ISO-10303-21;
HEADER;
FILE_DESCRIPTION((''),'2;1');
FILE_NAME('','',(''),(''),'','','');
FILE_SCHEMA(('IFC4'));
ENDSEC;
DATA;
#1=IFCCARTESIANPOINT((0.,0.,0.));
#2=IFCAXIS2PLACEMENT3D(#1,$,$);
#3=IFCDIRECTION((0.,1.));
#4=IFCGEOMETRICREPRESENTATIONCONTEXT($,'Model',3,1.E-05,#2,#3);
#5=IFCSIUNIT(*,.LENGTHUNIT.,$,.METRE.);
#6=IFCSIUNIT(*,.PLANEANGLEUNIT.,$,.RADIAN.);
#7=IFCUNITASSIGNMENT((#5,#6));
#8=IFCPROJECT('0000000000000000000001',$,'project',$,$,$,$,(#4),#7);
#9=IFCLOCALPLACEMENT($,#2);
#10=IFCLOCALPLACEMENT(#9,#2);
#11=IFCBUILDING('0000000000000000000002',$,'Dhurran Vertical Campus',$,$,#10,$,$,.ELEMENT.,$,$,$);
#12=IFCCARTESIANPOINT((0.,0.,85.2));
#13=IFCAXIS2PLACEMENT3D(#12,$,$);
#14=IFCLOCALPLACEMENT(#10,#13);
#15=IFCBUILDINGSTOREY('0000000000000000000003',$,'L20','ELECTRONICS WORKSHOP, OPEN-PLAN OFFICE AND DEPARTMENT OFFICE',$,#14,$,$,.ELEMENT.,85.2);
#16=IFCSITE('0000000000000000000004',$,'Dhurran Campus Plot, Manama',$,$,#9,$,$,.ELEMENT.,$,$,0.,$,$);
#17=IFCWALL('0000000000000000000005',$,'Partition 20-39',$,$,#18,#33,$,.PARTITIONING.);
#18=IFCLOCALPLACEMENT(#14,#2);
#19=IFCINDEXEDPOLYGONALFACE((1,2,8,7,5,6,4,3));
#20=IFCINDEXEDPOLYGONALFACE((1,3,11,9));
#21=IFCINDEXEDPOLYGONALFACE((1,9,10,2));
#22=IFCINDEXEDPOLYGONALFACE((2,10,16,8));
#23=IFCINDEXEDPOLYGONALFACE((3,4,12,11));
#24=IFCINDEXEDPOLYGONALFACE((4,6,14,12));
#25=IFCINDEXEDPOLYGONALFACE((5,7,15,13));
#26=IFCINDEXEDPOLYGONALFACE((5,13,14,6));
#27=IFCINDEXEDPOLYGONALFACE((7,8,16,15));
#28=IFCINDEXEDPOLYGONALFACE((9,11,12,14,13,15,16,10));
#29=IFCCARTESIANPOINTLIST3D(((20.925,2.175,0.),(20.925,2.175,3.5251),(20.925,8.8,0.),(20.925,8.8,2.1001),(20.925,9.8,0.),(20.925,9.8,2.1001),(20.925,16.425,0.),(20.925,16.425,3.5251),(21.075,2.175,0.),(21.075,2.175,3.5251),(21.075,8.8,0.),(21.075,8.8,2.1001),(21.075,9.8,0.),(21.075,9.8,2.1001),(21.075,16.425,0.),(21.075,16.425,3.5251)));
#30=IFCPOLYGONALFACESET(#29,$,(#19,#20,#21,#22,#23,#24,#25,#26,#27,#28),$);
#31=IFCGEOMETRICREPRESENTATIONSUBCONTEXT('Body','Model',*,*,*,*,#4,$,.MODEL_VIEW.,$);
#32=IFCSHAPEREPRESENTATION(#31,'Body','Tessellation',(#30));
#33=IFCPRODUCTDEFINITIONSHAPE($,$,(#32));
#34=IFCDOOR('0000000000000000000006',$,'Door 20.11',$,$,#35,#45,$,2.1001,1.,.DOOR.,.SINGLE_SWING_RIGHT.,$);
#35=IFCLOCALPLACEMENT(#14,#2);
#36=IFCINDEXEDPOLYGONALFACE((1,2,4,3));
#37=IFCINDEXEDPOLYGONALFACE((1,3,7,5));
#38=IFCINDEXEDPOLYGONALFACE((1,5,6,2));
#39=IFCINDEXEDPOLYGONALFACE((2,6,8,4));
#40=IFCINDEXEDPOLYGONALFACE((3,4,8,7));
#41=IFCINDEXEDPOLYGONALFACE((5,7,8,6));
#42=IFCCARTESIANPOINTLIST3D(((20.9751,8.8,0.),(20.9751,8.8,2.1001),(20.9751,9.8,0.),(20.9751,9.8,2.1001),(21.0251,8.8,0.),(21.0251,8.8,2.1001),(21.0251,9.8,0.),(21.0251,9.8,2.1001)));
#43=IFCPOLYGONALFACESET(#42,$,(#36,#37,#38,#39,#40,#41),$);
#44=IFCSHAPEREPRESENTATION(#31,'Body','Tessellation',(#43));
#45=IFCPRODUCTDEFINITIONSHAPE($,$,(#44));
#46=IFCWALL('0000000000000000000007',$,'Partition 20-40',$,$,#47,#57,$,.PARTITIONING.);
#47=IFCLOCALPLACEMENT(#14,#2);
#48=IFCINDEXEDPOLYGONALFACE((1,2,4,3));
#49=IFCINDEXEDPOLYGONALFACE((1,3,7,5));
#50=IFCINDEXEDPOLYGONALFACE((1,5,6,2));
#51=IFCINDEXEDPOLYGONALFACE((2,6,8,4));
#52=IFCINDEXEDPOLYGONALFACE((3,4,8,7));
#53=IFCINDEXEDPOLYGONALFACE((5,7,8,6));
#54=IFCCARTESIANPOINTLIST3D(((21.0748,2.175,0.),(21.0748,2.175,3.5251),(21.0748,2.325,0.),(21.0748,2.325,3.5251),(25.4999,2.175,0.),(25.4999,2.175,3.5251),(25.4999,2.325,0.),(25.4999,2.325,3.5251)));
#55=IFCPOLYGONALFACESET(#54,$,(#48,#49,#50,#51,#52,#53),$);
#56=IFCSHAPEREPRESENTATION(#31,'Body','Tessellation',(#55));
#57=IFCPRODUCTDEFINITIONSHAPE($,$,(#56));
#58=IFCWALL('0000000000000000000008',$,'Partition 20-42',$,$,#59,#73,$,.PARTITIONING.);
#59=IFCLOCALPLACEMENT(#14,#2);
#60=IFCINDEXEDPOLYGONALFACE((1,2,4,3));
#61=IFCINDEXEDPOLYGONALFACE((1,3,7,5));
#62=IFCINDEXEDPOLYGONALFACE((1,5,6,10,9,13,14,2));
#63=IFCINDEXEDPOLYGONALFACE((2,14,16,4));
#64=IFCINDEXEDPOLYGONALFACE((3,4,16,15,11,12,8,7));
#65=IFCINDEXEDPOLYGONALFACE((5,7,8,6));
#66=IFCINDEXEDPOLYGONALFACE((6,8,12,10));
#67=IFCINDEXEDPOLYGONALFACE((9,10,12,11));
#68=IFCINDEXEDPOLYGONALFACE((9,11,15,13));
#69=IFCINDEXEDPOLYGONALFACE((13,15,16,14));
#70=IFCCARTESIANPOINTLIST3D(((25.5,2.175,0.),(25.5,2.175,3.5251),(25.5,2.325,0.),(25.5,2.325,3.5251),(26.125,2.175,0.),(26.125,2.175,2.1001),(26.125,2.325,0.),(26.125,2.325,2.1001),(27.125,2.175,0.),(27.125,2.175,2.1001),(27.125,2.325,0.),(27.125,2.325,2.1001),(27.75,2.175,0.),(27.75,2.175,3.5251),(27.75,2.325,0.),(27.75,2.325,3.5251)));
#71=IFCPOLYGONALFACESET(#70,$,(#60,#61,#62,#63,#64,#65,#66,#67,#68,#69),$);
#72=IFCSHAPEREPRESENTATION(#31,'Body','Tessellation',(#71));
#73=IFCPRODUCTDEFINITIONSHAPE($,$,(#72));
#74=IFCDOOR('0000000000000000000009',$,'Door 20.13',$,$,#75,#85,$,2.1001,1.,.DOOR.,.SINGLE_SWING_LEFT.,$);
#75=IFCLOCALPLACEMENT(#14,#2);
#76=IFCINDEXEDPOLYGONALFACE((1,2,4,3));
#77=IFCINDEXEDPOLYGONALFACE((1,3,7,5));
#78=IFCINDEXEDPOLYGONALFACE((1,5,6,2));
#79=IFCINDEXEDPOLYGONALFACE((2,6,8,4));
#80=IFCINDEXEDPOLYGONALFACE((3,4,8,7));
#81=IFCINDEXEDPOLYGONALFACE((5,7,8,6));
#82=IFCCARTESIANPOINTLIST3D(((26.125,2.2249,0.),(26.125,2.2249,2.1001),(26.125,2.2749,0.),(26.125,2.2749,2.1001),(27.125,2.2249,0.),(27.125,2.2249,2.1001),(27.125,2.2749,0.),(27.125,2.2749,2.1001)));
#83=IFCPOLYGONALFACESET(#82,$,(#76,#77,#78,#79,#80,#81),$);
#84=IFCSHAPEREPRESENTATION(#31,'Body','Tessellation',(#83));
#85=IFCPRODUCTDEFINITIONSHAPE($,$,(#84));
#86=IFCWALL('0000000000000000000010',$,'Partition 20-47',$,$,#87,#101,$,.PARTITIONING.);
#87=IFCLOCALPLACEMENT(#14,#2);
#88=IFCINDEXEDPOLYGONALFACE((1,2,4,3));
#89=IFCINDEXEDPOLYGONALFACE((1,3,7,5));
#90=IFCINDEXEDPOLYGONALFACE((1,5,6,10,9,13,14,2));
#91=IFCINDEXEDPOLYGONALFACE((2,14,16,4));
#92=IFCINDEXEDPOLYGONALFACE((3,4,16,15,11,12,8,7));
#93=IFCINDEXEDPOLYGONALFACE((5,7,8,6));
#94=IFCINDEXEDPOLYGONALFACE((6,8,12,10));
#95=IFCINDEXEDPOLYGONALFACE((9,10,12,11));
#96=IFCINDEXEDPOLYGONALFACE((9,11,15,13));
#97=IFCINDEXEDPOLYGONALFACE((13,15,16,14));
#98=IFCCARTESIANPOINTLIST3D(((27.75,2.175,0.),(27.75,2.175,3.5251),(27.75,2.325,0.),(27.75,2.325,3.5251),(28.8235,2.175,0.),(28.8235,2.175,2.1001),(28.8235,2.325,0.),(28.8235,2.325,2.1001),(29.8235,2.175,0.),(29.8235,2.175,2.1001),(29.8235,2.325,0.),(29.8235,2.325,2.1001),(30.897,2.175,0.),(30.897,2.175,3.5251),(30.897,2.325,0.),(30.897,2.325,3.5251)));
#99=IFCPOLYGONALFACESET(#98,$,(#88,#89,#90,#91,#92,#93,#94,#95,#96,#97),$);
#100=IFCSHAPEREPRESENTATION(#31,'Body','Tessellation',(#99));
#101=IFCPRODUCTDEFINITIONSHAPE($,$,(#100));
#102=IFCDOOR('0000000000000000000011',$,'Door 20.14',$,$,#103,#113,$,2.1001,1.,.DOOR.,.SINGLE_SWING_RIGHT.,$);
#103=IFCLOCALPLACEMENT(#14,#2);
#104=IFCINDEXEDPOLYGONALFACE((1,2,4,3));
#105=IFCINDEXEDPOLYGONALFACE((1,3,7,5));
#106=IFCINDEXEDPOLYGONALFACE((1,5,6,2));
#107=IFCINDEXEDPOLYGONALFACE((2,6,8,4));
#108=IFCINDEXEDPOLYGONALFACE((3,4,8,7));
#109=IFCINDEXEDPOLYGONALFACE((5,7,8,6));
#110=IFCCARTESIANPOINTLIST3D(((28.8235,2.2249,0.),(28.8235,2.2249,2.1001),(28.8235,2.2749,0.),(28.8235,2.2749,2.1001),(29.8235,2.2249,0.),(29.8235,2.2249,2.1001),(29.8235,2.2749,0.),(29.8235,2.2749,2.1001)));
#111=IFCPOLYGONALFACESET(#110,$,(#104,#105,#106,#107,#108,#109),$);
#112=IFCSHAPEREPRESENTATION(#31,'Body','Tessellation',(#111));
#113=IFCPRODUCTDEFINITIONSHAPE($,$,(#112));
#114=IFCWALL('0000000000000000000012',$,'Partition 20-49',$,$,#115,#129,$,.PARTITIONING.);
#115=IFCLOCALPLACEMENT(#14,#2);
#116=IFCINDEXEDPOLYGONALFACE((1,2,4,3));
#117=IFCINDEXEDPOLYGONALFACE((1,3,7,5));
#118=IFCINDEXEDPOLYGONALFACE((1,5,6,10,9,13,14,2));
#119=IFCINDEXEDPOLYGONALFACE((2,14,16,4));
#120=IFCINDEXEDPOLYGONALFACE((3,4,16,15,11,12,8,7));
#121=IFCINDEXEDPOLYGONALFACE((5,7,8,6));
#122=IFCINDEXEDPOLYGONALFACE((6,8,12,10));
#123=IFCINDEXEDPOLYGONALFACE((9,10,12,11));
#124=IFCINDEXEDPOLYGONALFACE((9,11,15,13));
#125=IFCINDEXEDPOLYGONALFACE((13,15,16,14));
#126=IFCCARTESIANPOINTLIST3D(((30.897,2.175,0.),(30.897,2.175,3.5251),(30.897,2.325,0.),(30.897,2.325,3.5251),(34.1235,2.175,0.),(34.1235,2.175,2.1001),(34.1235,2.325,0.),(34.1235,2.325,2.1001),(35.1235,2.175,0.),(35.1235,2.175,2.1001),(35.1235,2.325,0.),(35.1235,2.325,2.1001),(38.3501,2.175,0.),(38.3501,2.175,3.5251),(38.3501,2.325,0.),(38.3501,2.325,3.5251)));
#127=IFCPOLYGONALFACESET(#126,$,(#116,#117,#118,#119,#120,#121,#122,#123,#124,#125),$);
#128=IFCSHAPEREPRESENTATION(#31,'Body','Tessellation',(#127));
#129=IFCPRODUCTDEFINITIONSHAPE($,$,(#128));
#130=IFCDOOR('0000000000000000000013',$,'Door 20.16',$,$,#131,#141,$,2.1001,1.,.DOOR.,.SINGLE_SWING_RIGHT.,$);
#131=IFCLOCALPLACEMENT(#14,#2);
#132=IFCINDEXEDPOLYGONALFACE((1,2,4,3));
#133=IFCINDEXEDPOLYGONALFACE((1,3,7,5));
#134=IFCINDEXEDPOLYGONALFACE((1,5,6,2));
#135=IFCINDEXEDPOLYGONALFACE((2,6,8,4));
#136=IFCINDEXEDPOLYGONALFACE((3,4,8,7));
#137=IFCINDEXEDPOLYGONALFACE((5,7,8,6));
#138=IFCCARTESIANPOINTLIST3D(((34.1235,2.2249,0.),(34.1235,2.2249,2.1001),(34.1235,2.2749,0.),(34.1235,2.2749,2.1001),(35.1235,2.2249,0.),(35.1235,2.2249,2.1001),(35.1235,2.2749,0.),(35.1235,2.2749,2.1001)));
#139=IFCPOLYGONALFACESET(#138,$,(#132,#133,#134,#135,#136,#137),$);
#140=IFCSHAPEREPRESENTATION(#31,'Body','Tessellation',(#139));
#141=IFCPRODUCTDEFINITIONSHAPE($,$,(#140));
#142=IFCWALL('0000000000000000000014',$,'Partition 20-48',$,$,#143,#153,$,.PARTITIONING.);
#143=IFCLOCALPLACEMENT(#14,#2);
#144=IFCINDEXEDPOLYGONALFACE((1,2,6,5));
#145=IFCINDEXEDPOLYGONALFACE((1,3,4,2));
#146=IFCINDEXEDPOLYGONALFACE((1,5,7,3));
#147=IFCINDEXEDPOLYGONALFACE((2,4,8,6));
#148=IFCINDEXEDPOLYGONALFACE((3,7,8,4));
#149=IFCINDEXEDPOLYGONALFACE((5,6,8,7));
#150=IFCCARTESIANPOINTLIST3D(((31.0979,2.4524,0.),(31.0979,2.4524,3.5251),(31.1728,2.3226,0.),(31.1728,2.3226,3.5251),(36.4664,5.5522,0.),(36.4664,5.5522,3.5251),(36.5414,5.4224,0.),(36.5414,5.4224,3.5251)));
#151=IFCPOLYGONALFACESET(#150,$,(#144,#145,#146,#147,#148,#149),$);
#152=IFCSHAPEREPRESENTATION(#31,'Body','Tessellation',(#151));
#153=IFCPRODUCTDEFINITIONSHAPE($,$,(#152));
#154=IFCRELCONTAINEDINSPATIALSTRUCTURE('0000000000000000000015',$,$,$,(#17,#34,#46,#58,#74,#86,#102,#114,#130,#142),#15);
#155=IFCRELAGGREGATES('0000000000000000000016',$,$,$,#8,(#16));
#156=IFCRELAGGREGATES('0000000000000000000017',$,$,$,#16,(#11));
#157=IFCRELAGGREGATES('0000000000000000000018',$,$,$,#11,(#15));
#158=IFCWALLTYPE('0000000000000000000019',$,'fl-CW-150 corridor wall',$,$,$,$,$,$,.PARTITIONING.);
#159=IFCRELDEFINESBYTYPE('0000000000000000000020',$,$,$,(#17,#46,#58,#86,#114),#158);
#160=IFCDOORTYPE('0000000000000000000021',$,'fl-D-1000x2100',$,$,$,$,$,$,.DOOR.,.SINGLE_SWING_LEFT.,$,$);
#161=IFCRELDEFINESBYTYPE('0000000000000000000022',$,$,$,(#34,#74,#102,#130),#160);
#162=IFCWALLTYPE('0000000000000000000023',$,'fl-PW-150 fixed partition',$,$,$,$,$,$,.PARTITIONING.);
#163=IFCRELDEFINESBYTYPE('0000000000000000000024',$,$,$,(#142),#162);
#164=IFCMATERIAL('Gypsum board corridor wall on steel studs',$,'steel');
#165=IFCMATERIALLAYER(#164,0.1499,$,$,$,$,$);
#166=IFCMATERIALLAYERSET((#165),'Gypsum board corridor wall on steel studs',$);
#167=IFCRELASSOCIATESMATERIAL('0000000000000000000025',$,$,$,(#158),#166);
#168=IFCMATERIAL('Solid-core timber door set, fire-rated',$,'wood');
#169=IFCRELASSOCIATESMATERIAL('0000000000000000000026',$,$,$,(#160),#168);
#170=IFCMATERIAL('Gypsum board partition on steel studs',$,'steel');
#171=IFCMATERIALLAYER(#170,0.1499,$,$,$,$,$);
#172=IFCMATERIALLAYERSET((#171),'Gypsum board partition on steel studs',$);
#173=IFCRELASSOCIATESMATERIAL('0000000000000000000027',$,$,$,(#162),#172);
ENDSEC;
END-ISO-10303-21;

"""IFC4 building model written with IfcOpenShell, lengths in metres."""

from ifc_helpers import new_model, si_unit, direction, frame, frame_2d, origin, place, context, subcontext, project, spatial, rectangle, extrude, material, layer, layer_set, type_object, element, fill, save


model = new_model("IFC4")

# Units and contexts
model_context = context("Model", 3, precision=1e-05, world=origin(), true_north=direction((0.0, 1.0)))
body_context = subcontext(model_context, "Body", "Model", "MODEL_VIEW")
ifc_project = project(units=[si_unit("LENGTHUNIT", "METRE"), si_unit("PLANEANGLEUNIT", "RADIAN")], contexts=[model_context])

# Site, building, storey
site_placement = place(None, origin())
site = spatial("IfcSite", under=ifc_project, at=site_placement, Name="Dhurran Campus Plot, Manama", CompositionType="ELEMENT", RefElevation=0.0)
building_placement = place(site_placement, origin())
building = spatial("IfcBuilding", under=site, at=building_placement, Name="Dhurran Vertical Campus", CompositionType="ELEMENT")
storey_placement = place(building_placement, frame((0.0, 0.0, 85.2)))
storey = spatial("IfcBuildingStorey", under=building, at=storey_placement, Name="L20", Description="ELECTRONICS WORKSHOP, OPEN-PLAN OFFICE AND DEPARTMENT OFFICE", CompositionType="ELEMENT", Elevation=85.2)

# Wall, opening, door
ifc_material_1 = material(Name="Gypsum board corridor wall on steel studs", Category="steel")
ifc_layer_1 = layer(ifc_material_1, 0.1499)
ifc_layer_set_1 = layer_set([ifc_layer_1], Name="Gypsum board corridor wall on steel studs")
wall_type_1 = type_object("IfcWallType", Name="fl-CW-150 corridor wall", PredefinedType="PARTITIONING", material=ifc_layer_set_1)
wall_1_placement = place(storey_placement, frame((21.0, 2.175, 0.0), z_axis=(0.0, 0.0, 1.0), x_axis=(0.0, 1.0, 0.0)))
wall_1 = element("IfcWall", 1, at=wall_1_placement, inside=storey, type_object=wall_type_1, Name="Partition 20-39", PredefinedType="PARTITIONING", context=body_context, shape_type="SweptSolid", body=[
    extrude(rectangle(XDim=14.25, YDim=0.1499, at=frame_2d((7.125, 0.0))), origin(), (0.0, 0.0, 1.0), 3.5251),
])
opening_1_placement = place(wall_1_placement, frame((6.625, 0.0, 0.0)))
opening_1 = element("IfcOpeningElement", 2, at=opening_1_placement, cuts=wall_1, PredefinedType="OPENING", context=body_context, shape_type="SweptSolid", body=[
    extrude(rectangle(XDim=1.0, YDim=2.1001, at=frame_2d((0.5, 1.05))), frame((0.0, 0.085, 0.0), z_axis=(0.0, -1.0, 0.0), x_axis=(1.0, 0.0, 0.0)), (0.0, 0.0, 1.0), 0.1699),
])
ifc_material_2 = material(Name="Solid-core timber door set, fire-rated", Category="wood")
door_type_1 = type_object("IfcDoorType", Name="fl-D-1000x2100", OperationType="SINGLE_SWING_LEFT", PredefinedType="DOOR", material=ifc_material_2)
door_1_placement = place(opening_1_placement, origin())
door_1 = element("IfcDoor", 3, at=door_1_placement, inside=storey, type_object=door_type_1, Name="Door 20.11", OperationType="SINGLE_SWING_RIGHT", OverallHeight=2.1001, OverallWidth=1.0, PredefinedType="DOOR", context=body_context, shape_type="SweptSolid", body=[
    extrude(rectangle(XDim=1.0, YDim=2.1001, at=frame_2d((0.5, 1.05))), frame((0.0, 0.0249, 0.0), z_axis=(0.0, -1.0, 0.0), x_axis=(1.0, 0.0, 0.0)), (0.0, 0.0, 1.0), 0.05),
])
fill(opening_1, door_1)

# Wall
wall_2_placement = place(storey_placement, frame((21.075, 2.25, 0.0), z_axis=(0.0, 0.0, 1.0), x_axis=(1.0, 0.0, 0.0)))
element("IfcWall", 4, at=wall_2_placement, inside=storey, type_object=wall_type_1, Name="Partition 20-40", PredefinedType="PARTITIONING", context=body_context, shape_type="SweptSolid", body=[
    extrude(rectangle(XDim=4.425, YDim=0.1499, at=frame_2d((2.2124, 0.0))), origin(), (0.0, 0.0, 1.0), 3.5251),
])

# Walls, openings, doors
wall_3_placement = place(storey_placement, frame((25.5, 2.25, 0.0), z_axis=(0.0, 0.0, 1.0), x_axis=(1.0, 0.0, 0.0)))
wall_3 = element("IfcWall", 5, at=wall_3_placement, inside=storey, type_object=wall_type_1, Name="Partition 20-42", PredefinedType="PARTITIONING", context=body_context, shape_type="SweptSolid", body=[
    extrude(rectangle(XDim=2.25, YDim=0.1499, at=frame_2d((1.125, 0.0))), origin(), (0.0, 0.0, 1.0), 3.5251),
])
opening_2_placement = place(wall_3_placement, frame((0.625, 0.0, 0.0)))
opening_2 = element("IfcOpeningElement", 6, at=opening_2_placement, cuts=wall_3, PredefinedType="OPENING", context=body_context, shape_type="SweptSolid", body=[
    extrude(rectangle(XDim=1.0, YDim=2.1001, at=frame_2d((0.5, 1.05))), frame((0.0, 0.085, 0.0), z_axis=(0.0, -1.0, 0.0), x_axis=(1.0, 0.0, 0.0)), (0.0, 0.0, 1.0), 0.1699),
])
door_2_placement = place(opening_2_placement, origin())
door_2 = element("IfcDoor", 7, at=door_2_placement, inside=storey, type_object=door_type_1, Name="Door 20.13", OperationType="SINGLE_SWING_LEFT", OverallHeight=2.1001, OverallWidth=1.0, PredefinedType="DOOR", context=body_context, shape_type="SweptSolid", body=[
    extrude(rectangle(XDim=1.0, YDim=2.1001, at=frame_2d((0.5, 1.05))), frame((0.0, 0.0249, 0.0), z_axis=(0.0, -1.0, 0.0), x_axis=(1.0, 0.0, 0.0)), (0.0, 0.0, 1.0), 0.05),
])
fill(opening_2, door_2)
wall_4_placement = place(storey_placement, frame((27.75, 2.25, 0.0), z_axis=(0.0, 0.0, 1.0), x_axis=(1.0, 0.0, 0.0)))
wall_4 = element("IfcWall", 8, at=wall_4_placement, inside=storey, type_object=wall_type_1, Name="Partition 20-47", PredefinedType="PARTITIONING", context=body_context, shape_type="SweptSolid", body=[
    extrude(rectangle(XDim=3.147, YDim=0.1499, at=frame_2d((1.5735, 0.0))), origin(), (0.0, 0.0, 1.0), 3.5251),
])
opening_3_placement = place(wall_4_placement, frame((1.0735, 0.0, 0.0)))
opening_3 = element("IfcOpeningElement", 9, at=opening_3_placement, cuts=wall_4, PredefinedType="OPENING", context=body_context, shape_type="SweptSolid", body=[
    extrude(rectangle(XDim=1.0, YDim=2.1001, at=frame_2d((0.5, 1.05))), frame((0.0, 0.085, 0.0), z_axis=(0.0, -1.0, 0.0), x_axis=(1.0, 0.0, 0.0)), (0.0, 0.0, 1.0), 0.1699),
])
door_3_placement = place(opening_3_placement, origin())
door_3 = element("IfcDoor", 10, at=door_3_placement, inside=storey, type_object=door_type_1, Name="Door 20.14", OperationType="SINGLE_SWING_RIGHT", OverallHeight=2.1001, OverallWidth=1.0, PredefinedType="DOOR", context=body_context, shape_type="SweptSolid", body=[
    extrude(rectangle(XDim=1.0, YDim=2.1001, at=frame_2d((0.5, 1.05))), frame((0.0, 0.0249, 0.0), z_axis=(0.0, -1.0, 0.0), x_axis=(1.0, 0.0, 0.0)), (0.0, 0.0, 1.0), 0.05),
])
fill(opening_3, door_3)
wall_5_placement = place(storey_placement, frame((30.897, 2.25, 0.0), z_axis=(0.0, 0.0, 1.0), x_axis=(1.0, 0.0, 0.0)))
wall_5 = element("IfcWall", 11, at=wall_5_placement, inside=storey, type_object=wall_type_1, Name="Partition 20-49", PredefinedType="PARTITIONING", context=body_context, shape_type="SweptSolid", body=[
    extrude(rectangle(XDim=7.4531, YDim=0.1499, at=frame_2d((3.7266, 0.0))), origin(), (0.0, 0.0, 1.0), 3.5251),
])
opening_4_placement = place(wall_5_placement, frame((3.2266, 0.0, 0.0)))
opening_4 = element("IfcOpeningElement", 12, at=opening_4_placement, cuts=wall_5, PredefinedType="OPENING", context=body_context, shape_type="SweptSolid", body=[
    extrude(rectangle(XDim=1.0, YDim=2.1001, at=frame_2d((0.5, 1.05))), frame((0.0, 0.085, 0.0), z_axis=(0.0, -1.0, 0.0), x_axis=(1.0, 0.0, 0.0)), (0.0, 0.0, 1.0), 0.1699),
])
door_4_placement = place(opening_4_placement, origin())
door_4 = element("IfcDoor", 13, at=door_4_placement, inside=storey, type_object=door_type_1, Name="Door 20.16", OperationType="SINGLE_SWING_RIGHT", OverallHeight=2.1001, OverallWidth=1.0, PredefinedType="DOOR", context=body_context, shape_type="SweptSolid", body=[
    extrude(rectangle(XDim=1.0, YDim=2.1001, at=frame_2d((0.5, 1.05))), frame((0.0, 0.0249, 0.0), z_axis=(0.0, -1.0, 0.0), x_axis=(1.0, 0.0, 0.0)), (0.0, 0.0, 1.0), 0.05),
])
fill(opening_4, door_4)

# Wall
ifc_material_3 = material(Name="Gypsum board partition on steel studs", Category="steel")
ifc_layer_2 = layer(ifc_material_3, 0.1499)
ifc_layer_set_2 = layer_set([ifc_layer_2], Name="Gypsum board partition on steel studs")
wall_type_2 = type_object("IfcWallType", Name="fl-PW-150 fixed partition", PredefinedType="PARTITIONING", material=ifc_layer_set_2)
wall_6_placement = place(storey_placement, frame((36.5039, 5.4873, 0.0), z_axis=(0.0, 0.0, 1.0), x_axis=(-0.866007, -0.500032, 0.0)))
element("IfcWall", 14, at=wall_6_placement, inside=storey, type_object=wall_type_2, Name="Partition 20-48", PredefinedType="PARTITIONING", context=body_context, shape_type="SweptSolid", body=[
    extrude(rectangle(XDim=6.1992, YDim=0.1499, at=frame_2d((3.0996, 0.0))), origin(), (0.0, 0.0, 1.0), 3.5251),
])

save(model, "model.ifc")
